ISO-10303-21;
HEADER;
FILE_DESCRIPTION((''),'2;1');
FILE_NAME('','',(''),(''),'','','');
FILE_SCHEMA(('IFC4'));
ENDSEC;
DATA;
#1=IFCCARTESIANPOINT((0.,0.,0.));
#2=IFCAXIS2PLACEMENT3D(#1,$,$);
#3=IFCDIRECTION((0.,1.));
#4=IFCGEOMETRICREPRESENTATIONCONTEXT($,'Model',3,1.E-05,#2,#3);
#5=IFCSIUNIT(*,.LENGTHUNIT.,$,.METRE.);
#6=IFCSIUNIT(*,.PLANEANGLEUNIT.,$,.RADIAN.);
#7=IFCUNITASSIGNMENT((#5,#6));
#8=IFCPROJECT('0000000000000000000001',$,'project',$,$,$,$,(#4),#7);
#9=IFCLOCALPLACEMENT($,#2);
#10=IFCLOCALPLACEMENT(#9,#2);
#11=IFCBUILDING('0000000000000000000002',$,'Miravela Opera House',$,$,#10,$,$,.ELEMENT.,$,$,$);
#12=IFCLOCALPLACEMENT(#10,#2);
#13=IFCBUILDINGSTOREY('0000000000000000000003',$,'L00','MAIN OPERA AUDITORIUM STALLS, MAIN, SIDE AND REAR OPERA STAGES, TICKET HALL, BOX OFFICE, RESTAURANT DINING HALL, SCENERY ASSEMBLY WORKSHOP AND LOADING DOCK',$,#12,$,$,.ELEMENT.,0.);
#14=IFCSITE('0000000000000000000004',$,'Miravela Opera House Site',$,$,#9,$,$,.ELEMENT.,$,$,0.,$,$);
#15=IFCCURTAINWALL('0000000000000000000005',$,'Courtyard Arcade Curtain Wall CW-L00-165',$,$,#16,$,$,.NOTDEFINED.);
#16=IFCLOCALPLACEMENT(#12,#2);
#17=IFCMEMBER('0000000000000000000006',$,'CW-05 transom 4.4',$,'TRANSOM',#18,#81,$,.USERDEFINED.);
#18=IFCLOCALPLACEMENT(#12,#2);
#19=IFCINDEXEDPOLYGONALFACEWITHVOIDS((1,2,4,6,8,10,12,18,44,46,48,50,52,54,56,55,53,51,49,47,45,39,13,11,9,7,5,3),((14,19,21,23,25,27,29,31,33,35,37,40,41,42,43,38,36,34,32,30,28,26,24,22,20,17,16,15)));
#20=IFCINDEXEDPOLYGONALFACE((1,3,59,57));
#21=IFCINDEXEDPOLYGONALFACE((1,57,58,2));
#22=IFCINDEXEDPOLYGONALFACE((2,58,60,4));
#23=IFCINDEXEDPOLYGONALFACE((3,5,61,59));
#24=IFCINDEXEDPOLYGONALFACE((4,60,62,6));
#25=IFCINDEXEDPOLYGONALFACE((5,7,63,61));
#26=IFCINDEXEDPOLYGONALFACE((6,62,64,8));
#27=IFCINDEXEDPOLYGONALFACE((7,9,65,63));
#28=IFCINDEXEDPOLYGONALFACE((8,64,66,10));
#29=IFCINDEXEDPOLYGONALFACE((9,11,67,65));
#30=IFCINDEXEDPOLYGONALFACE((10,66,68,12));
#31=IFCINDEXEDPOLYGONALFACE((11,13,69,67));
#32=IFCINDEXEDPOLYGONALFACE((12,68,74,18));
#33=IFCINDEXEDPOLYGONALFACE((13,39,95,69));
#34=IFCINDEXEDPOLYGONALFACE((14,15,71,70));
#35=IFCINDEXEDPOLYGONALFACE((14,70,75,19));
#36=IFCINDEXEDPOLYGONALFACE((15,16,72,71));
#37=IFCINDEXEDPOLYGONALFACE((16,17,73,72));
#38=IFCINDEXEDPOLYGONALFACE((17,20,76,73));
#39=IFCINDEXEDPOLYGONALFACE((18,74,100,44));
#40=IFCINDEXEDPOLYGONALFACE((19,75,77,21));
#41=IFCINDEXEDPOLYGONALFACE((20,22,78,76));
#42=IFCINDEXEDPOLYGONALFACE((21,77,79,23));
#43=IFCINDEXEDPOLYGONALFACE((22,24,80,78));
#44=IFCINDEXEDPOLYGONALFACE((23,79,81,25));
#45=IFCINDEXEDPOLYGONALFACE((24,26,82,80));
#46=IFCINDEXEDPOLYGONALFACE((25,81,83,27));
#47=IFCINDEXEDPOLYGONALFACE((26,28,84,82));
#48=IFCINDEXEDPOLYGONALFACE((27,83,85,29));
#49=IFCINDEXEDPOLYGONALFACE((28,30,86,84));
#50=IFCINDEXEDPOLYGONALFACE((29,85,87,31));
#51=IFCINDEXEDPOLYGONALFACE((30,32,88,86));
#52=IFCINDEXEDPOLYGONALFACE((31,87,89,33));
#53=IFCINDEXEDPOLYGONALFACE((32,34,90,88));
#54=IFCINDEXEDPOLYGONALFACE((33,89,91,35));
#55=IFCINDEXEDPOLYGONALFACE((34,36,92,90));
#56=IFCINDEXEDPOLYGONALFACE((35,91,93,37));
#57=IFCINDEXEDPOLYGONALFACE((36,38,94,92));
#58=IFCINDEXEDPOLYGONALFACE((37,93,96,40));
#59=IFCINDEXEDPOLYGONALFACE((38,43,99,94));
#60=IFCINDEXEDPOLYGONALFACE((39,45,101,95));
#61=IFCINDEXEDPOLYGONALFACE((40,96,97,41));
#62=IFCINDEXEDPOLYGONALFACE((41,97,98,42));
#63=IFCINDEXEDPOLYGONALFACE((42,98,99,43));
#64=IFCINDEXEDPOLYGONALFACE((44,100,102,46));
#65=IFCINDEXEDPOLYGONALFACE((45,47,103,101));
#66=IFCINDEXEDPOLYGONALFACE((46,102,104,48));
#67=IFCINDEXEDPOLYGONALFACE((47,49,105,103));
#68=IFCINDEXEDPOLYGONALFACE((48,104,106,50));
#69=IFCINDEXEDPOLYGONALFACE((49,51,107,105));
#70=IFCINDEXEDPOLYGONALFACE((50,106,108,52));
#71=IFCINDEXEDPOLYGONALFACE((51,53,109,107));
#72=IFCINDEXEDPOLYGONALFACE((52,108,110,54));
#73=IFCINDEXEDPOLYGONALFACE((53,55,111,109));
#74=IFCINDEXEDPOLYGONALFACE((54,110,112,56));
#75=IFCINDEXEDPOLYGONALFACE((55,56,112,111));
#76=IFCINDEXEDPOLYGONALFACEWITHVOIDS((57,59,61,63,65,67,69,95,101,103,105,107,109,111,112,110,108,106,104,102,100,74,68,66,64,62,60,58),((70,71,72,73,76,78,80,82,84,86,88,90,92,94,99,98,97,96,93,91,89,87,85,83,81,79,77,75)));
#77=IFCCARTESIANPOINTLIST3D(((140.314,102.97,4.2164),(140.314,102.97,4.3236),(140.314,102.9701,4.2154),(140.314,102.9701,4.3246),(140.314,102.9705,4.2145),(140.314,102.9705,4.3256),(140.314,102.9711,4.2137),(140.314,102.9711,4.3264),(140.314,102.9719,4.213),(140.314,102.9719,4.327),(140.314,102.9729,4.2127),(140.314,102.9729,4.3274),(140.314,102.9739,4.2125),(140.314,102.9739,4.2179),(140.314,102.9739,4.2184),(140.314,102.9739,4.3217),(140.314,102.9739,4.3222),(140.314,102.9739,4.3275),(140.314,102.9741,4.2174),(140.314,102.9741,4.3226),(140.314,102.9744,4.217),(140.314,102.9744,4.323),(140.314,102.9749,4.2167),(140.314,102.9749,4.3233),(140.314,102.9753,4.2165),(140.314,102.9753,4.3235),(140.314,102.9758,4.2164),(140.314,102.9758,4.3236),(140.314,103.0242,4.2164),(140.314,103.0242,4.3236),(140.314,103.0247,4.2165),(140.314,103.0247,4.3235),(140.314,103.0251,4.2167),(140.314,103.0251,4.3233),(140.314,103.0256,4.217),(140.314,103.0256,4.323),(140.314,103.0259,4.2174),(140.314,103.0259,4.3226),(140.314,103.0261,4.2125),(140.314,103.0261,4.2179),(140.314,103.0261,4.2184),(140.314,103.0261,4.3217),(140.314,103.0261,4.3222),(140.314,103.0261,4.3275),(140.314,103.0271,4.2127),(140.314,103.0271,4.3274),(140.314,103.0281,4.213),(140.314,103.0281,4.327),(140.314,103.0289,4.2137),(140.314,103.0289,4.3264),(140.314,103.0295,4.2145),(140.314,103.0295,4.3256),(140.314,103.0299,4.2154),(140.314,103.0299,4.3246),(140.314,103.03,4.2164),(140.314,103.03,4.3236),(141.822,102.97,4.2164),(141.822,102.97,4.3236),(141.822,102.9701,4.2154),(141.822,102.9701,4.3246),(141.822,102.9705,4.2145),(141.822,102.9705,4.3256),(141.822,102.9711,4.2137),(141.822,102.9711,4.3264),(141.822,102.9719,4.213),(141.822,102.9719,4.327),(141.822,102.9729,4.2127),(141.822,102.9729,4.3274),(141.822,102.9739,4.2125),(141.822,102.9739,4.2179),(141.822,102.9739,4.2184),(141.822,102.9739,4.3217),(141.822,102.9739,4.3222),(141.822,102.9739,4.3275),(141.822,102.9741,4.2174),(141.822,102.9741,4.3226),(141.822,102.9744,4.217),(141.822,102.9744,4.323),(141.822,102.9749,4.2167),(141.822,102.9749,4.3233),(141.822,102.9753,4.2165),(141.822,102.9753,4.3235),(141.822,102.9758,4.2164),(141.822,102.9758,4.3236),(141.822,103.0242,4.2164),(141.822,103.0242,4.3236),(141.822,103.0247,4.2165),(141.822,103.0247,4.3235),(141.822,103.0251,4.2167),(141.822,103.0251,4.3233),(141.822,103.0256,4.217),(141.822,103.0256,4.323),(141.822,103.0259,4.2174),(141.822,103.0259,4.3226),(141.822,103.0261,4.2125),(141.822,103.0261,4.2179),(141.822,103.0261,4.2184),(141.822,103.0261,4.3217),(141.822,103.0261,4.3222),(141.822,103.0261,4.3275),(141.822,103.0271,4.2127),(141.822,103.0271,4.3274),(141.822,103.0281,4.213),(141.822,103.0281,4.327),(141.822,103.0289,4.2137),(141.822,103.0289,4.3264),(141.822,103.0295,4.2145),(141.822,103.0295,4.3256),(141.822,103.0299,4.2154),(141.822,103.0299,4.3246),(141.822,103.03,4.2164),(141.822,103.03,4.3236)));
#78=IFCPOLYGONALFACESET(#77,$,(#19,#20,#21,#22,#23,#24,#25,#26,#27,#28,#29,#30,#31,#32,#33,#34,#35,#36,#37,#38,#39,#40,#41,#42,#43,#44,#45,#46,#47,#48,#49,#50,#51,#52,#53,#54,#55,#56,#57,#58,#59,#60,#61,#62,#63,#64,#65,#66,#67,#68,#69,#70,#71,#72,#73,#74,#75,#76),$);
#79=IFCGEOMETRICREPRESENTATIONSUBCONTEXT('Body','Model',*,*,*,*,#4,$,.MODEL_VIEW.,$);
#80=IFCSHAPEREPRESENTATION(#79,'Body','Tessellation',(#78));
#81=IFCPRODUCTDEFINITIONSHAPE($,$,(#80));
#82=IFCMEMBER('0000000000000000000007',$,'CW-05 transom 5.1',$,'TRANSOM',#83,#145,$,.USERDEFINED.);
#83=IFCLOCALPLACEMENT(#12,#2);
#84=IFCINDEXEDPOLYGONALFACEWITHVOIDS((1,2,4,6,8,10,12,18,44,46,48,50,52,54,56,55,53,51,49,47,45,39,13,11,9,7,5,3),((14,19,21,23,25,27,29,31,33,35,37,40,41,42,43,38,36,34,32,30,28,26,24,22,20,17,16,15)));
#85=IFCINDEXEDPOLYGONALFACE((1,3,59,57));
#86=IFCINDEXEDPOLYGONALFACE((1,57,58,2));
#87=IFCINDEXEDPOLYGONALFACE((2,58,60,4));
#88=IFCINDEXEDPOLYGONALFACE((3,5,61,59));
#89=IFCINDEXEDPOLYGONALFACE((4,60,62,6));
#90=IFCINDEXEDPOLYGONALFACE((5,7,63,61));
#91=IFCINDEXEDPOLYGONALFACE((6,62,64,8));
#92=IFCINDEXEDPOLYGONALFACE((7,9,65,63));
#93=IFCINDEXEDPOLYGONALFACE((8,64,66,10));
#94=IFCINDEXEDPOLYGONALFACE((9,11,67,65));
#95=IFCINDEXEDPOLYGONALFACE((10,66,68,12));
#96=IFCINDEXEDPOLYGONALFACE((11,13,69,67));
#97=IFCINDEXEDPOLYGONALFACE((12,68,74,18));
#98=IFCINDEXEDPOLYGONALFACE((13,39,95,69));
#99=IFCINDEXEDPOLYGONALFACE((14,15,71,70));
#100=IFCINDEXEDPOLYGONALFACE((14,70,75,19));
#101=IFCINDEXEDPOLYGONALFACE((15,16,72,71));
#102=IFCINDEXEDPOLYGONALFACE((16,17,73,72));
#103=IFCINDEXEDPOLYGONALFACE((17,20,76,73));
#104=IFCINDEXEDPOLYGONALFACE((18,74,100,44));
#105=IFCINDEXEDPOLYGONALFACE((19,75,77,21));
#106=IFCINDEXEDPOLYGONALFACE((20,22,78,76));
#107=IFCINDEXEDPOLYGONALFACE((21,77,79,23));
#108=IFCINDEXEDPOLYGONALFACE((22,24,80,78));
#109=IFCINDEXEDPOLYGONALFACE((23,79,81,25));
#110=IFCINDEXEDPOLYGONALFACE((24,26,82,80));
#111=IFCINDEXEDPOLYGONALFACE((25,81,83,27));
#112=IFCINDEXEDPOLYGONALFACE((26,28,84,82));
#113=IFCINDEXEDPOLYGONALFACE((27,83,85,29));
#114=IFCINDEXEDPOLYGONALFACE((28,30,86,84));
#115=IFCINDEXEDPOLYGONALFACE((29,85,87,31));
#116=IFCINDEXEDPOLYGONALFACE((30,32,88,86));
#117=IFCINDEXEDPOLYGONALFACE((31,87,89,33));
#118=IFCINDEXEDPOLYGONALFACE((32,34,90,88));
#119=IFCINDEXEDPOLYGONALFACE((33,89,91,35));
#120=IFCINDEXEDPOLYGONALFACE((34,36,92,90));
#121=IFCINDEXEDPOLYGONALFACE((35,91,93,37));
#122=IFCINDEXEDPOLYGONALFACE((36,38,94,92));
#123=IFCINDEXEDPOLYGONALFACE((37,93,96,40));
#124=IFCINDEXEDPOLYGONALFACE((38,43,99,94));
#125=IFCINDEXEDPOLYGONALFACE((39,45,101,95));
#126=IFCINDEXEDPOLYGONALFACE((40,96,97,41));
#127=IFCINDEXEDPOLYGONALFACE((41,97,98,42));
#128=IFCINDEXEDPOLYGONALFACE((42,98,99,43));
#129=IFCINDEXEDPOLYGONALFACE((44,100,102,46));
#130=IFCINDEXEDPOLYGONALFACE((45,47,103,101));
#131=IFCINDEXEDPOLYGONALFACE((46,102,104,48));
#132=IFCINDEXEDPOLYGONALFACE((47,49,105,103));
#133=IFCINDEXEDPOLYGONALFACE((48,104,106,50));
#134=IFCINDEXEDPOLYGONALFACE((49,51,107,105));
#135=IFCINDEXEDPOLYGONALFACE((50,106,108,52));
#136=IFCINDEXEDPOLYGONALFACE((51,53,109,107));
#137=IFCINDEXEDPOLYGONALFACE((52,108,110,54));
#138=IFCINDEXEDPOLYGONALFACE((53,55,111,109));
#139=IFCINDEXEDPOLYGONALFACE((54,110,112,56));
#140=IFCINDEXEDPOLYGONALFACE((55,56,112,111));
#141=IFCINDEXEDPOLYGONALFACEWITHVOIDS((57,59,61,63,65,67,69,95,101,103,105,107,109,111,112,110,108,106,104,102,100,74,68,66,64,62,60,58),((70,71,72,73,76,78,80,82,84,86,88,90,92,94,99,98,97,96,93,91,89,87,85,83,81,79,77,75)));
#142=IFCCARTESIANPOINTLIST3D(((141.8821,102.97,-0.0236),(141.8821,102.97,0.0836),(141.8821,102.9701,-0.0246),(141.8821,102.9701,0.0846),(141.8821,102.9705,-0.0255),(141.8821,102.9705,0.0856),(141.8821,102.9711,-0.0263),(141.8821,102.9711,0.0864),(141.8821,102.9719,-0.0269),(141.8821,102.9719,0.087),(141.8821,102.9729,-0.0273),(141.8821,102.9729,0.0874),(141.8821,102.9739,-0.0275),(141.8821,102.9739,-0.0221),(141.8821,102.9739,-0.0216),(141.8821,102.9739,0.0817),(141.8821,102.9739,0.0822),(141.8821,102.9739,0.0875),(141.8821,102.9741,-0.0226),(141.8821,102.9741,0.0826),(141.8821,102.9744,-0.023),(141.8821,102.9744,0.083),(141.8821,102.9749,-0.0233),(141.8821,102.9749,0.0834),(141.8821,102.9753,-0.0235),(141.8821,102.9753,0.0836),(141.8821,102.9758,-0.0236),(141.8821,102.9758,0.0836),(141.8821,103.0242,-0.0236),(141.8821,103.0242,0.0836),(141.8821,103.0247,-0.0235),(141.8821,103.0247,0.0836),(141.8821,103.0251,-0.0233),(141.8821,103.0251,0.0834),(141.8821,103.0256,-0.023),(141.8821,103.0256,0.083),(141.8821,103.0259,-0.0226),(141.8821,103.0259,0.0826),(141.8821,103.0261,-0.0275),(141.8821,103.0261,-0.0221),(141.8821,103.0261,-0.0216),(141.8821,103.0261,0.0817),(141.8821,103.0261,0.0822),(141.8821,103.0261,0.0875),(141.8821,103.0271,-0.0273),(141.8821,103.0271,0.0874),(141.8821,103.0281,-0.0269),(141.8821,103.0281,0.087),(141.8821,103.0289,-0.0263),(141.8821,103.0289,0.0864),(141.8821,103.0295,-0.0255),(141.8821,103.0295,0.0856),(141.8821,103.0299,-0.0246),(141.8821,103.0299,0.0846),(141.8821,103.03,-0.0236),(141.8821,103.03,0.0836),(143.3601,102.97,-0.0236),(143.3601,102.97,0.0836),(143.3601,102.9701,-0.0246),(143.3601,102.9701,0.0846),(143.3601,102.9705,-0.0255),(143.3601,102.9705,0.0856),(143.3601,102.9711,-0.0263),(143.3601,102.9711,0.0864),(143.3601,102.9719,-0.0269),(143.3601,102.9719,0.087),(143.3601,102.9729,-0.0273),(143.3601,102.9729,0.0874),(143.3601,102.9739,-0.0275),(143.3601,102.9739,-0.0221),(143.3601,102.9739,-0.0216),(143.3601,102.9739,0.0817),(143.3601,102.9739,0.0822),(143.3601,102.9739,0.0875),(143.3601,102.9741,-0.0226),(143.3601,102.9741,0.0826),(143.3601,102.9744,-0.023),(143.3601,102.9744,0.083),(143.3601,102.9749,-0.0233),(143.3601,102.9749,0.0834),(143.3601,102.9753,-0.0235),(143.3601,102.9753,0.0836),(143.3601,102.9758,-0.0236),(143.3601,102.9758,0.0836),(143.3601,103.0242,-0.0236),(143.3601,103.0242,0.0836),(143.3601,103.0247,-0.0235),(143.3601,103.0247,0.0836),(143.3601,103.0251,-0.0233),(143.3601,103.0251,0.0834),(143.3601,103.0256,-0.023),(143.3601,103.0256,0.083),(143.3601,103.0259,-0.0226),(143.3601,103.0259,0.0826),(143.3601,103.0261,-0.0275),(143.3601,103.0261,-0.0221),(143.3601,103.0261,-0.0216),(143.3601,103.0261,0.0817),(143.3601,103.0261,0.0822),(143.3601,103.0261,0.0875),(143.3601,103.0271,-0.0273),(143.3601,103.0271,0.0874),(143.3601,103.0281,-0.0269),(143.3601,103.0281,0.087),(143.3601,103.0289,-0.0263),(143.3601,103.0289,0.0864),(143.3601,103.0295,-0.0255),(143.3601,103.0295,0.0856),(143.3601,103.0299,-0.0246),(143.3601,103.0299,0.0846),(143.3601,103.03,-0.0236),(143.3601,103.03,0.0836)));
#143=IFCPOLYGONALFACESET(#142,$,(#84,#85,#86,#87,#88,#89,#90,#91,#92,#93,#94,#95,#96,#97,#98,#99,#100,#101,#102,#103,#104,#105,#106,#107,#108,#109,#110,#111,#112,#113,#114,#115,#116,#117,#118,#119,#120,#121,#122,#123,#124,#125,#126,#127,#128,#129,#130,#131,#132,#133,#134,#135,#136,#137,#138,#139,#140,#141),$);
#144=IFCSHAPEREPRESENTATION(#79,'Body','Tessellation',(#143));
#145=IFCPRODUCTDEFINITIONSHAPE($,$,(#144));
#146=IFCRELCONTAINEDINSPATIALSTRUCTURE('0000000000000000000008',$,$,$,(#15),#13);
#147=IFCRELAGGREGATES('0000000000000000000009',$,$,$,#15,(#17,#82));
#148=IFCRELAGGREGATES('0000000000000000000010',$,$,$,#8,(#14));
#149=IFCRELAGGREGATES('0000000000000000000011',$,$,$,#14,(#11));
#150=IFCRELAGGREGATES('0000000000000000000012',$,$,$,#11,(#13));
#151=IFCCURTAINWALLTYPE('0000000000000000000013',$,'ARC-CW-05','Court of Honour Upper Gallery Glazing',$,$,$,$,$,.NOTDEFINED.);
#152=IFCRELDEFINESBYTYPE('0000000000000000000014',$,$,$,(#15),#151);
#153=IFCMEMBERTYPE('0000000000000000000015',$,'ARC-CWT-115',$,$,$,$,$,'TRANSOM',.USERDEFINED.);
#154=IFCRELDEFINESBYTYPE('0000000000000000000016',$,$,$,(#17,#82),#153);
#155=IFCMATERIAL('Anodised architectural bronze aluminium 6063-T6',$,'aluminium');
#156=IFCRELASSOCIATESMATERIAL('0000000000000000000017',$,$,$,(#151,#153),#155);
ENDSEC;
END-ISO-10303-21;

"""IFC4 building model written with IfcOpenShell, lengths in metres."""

from ifc_helpers import new_model, si_unit, direction, frame, origin, origin_2d, place, context, subcontext, project, spatial, hollow_rectangle, extrude, material, material_profile, profile_set, type_object, element, aggregate, save


model = new_model("IFC4")

# Units and contexts
model_context = context("Model", 3, precision=1e-05, world=origin(), true_north=direction((0.0, 1.0)))
body_context = subcontext(model_context, "Body", "Model", "MODEL_VIEW")
ifc_project = project(units=[si_unit("LENGTHUNIT", "METRE"), si_unit("PLANEANGLEUNIT", "RADIAN")], contexts=[model_context])

# Site, building, storey
site_placement = place(None, origin())
site = spatial("IfcSite", under=ifc_project, at=site_placement, Name="Miravela Opera House Site", CompositionType="ELEMENT", RefElevation=0.0)
building_placement = place(site_placement, origin())
building = spatial("IfcBuilding", under=site, at=building_placement, Name="Miravela Opera House", CompositionType="ELEMENT")
storey_placement = place(building_placement, origin())
storey = spatial("IfcBuildingStorey", under=building, at=storey_placement, Name="L00", Description="MAIN OPERA AUDITORIUM STALLS, MAIN, SIDE AND REAR OPERA STAGES, TICKET HALL, BOX OFFICE, RESTAURANT DINING HALL, SCENERY ASSEMBLY WORKSHOP AND LOADING DOCK", CompositionType="ELEMENT", Elevation=0.0)

# Curtain wall, members
ifc_material_1 = material(Name="Anodised architectural bronze aluminium 6063-T6", Category="aluminium")
curtain_wall_type = type_object("IfcCurtainWallType", Name="ARC-CW-05", Description="Court of Honour Upper Gallery Glazing", PredefinedType="NOTDEFINED", material=ifc_material_1)
curtain_wall_placement = place(storey_placement, origin())
curtain_wall = element("IfcCurtainWall", 1, at=curtain_wall_placement, inside=storey, type_object=curtain_wall_type, Name="Courtyard Arcade Curtain Wall CW-L00-165", PredefinedType="NOTDEFINED")
ifc_material_profile_1 = material_profile(ifc_material_1, hollow_rectangle(XDim=0.0601, YDim=0.115, WallThickness=0.0039, InnerFilletRadius=0.002, OuterFilletRadius=0.0039, at=origin_2d()), Name="CWT-60X115")
ifc_profile_set_1 = profile_set([ifc_material_profile_1])
member_type_1 = type_object("IfcMemberType", Name="ARC-CWT-115", ElementType="TRANSOM", PredefinedType="USERDEFINED", material=ifc_profile_set_1)
member_1_placement = place(storey_placement, frame((140.314, 103.0, 4.27), z_axis=(1.0, 0.0, 0.0), x_axis=(0.0, 1.0, 0.0)))
member_1 = element("IfcMember", 2, at=member_1_placement, type_object=member_type_1, Name="CW-05 transom 4.4", ObjectType="TRANSOM", PredefinedType="USERDEFINED", context=body_context, shape_type="SweptSolid", body=[
    extrude(hollow_rectangle(XDim=0.0601, YDim=0.115, WallThickness=0.0039, InnerFilletRadius=0.002, OuterFilletRadius=0.0039, at=origin_2d()), origin(), (0.0, 0.0, 1.0), 1.5081),
])
member_2_placement = place(storey_placement, frame((141.8821, 103.0, 0.03), z_axis=(1.0, 0.0, 0.0), x_axis=(0.0, 1.0, 0.0)))
member_2 = element("IfcMember", 3, at=member_2_placement, type_object=member_type_1, Name="CW-05 transom 5.1", ObjectType="TRANSOM", PredefinedType="USERDEFINED", context=body_context, shape_type="SweptSolid", body=[
    extrude(hollow_rectangle(XDim=0.0601, YDim=0.115, WallThickness=0.0039, InnerFilletRadius=0.002, OuterFilletRadius=0.0039, at=origin_2d()), origin(), (0.0, 0.0, 1.0), 1.478),
])

aggregate(curtain_wall, [member_1, member_2])

save(model, "model.ifc")
